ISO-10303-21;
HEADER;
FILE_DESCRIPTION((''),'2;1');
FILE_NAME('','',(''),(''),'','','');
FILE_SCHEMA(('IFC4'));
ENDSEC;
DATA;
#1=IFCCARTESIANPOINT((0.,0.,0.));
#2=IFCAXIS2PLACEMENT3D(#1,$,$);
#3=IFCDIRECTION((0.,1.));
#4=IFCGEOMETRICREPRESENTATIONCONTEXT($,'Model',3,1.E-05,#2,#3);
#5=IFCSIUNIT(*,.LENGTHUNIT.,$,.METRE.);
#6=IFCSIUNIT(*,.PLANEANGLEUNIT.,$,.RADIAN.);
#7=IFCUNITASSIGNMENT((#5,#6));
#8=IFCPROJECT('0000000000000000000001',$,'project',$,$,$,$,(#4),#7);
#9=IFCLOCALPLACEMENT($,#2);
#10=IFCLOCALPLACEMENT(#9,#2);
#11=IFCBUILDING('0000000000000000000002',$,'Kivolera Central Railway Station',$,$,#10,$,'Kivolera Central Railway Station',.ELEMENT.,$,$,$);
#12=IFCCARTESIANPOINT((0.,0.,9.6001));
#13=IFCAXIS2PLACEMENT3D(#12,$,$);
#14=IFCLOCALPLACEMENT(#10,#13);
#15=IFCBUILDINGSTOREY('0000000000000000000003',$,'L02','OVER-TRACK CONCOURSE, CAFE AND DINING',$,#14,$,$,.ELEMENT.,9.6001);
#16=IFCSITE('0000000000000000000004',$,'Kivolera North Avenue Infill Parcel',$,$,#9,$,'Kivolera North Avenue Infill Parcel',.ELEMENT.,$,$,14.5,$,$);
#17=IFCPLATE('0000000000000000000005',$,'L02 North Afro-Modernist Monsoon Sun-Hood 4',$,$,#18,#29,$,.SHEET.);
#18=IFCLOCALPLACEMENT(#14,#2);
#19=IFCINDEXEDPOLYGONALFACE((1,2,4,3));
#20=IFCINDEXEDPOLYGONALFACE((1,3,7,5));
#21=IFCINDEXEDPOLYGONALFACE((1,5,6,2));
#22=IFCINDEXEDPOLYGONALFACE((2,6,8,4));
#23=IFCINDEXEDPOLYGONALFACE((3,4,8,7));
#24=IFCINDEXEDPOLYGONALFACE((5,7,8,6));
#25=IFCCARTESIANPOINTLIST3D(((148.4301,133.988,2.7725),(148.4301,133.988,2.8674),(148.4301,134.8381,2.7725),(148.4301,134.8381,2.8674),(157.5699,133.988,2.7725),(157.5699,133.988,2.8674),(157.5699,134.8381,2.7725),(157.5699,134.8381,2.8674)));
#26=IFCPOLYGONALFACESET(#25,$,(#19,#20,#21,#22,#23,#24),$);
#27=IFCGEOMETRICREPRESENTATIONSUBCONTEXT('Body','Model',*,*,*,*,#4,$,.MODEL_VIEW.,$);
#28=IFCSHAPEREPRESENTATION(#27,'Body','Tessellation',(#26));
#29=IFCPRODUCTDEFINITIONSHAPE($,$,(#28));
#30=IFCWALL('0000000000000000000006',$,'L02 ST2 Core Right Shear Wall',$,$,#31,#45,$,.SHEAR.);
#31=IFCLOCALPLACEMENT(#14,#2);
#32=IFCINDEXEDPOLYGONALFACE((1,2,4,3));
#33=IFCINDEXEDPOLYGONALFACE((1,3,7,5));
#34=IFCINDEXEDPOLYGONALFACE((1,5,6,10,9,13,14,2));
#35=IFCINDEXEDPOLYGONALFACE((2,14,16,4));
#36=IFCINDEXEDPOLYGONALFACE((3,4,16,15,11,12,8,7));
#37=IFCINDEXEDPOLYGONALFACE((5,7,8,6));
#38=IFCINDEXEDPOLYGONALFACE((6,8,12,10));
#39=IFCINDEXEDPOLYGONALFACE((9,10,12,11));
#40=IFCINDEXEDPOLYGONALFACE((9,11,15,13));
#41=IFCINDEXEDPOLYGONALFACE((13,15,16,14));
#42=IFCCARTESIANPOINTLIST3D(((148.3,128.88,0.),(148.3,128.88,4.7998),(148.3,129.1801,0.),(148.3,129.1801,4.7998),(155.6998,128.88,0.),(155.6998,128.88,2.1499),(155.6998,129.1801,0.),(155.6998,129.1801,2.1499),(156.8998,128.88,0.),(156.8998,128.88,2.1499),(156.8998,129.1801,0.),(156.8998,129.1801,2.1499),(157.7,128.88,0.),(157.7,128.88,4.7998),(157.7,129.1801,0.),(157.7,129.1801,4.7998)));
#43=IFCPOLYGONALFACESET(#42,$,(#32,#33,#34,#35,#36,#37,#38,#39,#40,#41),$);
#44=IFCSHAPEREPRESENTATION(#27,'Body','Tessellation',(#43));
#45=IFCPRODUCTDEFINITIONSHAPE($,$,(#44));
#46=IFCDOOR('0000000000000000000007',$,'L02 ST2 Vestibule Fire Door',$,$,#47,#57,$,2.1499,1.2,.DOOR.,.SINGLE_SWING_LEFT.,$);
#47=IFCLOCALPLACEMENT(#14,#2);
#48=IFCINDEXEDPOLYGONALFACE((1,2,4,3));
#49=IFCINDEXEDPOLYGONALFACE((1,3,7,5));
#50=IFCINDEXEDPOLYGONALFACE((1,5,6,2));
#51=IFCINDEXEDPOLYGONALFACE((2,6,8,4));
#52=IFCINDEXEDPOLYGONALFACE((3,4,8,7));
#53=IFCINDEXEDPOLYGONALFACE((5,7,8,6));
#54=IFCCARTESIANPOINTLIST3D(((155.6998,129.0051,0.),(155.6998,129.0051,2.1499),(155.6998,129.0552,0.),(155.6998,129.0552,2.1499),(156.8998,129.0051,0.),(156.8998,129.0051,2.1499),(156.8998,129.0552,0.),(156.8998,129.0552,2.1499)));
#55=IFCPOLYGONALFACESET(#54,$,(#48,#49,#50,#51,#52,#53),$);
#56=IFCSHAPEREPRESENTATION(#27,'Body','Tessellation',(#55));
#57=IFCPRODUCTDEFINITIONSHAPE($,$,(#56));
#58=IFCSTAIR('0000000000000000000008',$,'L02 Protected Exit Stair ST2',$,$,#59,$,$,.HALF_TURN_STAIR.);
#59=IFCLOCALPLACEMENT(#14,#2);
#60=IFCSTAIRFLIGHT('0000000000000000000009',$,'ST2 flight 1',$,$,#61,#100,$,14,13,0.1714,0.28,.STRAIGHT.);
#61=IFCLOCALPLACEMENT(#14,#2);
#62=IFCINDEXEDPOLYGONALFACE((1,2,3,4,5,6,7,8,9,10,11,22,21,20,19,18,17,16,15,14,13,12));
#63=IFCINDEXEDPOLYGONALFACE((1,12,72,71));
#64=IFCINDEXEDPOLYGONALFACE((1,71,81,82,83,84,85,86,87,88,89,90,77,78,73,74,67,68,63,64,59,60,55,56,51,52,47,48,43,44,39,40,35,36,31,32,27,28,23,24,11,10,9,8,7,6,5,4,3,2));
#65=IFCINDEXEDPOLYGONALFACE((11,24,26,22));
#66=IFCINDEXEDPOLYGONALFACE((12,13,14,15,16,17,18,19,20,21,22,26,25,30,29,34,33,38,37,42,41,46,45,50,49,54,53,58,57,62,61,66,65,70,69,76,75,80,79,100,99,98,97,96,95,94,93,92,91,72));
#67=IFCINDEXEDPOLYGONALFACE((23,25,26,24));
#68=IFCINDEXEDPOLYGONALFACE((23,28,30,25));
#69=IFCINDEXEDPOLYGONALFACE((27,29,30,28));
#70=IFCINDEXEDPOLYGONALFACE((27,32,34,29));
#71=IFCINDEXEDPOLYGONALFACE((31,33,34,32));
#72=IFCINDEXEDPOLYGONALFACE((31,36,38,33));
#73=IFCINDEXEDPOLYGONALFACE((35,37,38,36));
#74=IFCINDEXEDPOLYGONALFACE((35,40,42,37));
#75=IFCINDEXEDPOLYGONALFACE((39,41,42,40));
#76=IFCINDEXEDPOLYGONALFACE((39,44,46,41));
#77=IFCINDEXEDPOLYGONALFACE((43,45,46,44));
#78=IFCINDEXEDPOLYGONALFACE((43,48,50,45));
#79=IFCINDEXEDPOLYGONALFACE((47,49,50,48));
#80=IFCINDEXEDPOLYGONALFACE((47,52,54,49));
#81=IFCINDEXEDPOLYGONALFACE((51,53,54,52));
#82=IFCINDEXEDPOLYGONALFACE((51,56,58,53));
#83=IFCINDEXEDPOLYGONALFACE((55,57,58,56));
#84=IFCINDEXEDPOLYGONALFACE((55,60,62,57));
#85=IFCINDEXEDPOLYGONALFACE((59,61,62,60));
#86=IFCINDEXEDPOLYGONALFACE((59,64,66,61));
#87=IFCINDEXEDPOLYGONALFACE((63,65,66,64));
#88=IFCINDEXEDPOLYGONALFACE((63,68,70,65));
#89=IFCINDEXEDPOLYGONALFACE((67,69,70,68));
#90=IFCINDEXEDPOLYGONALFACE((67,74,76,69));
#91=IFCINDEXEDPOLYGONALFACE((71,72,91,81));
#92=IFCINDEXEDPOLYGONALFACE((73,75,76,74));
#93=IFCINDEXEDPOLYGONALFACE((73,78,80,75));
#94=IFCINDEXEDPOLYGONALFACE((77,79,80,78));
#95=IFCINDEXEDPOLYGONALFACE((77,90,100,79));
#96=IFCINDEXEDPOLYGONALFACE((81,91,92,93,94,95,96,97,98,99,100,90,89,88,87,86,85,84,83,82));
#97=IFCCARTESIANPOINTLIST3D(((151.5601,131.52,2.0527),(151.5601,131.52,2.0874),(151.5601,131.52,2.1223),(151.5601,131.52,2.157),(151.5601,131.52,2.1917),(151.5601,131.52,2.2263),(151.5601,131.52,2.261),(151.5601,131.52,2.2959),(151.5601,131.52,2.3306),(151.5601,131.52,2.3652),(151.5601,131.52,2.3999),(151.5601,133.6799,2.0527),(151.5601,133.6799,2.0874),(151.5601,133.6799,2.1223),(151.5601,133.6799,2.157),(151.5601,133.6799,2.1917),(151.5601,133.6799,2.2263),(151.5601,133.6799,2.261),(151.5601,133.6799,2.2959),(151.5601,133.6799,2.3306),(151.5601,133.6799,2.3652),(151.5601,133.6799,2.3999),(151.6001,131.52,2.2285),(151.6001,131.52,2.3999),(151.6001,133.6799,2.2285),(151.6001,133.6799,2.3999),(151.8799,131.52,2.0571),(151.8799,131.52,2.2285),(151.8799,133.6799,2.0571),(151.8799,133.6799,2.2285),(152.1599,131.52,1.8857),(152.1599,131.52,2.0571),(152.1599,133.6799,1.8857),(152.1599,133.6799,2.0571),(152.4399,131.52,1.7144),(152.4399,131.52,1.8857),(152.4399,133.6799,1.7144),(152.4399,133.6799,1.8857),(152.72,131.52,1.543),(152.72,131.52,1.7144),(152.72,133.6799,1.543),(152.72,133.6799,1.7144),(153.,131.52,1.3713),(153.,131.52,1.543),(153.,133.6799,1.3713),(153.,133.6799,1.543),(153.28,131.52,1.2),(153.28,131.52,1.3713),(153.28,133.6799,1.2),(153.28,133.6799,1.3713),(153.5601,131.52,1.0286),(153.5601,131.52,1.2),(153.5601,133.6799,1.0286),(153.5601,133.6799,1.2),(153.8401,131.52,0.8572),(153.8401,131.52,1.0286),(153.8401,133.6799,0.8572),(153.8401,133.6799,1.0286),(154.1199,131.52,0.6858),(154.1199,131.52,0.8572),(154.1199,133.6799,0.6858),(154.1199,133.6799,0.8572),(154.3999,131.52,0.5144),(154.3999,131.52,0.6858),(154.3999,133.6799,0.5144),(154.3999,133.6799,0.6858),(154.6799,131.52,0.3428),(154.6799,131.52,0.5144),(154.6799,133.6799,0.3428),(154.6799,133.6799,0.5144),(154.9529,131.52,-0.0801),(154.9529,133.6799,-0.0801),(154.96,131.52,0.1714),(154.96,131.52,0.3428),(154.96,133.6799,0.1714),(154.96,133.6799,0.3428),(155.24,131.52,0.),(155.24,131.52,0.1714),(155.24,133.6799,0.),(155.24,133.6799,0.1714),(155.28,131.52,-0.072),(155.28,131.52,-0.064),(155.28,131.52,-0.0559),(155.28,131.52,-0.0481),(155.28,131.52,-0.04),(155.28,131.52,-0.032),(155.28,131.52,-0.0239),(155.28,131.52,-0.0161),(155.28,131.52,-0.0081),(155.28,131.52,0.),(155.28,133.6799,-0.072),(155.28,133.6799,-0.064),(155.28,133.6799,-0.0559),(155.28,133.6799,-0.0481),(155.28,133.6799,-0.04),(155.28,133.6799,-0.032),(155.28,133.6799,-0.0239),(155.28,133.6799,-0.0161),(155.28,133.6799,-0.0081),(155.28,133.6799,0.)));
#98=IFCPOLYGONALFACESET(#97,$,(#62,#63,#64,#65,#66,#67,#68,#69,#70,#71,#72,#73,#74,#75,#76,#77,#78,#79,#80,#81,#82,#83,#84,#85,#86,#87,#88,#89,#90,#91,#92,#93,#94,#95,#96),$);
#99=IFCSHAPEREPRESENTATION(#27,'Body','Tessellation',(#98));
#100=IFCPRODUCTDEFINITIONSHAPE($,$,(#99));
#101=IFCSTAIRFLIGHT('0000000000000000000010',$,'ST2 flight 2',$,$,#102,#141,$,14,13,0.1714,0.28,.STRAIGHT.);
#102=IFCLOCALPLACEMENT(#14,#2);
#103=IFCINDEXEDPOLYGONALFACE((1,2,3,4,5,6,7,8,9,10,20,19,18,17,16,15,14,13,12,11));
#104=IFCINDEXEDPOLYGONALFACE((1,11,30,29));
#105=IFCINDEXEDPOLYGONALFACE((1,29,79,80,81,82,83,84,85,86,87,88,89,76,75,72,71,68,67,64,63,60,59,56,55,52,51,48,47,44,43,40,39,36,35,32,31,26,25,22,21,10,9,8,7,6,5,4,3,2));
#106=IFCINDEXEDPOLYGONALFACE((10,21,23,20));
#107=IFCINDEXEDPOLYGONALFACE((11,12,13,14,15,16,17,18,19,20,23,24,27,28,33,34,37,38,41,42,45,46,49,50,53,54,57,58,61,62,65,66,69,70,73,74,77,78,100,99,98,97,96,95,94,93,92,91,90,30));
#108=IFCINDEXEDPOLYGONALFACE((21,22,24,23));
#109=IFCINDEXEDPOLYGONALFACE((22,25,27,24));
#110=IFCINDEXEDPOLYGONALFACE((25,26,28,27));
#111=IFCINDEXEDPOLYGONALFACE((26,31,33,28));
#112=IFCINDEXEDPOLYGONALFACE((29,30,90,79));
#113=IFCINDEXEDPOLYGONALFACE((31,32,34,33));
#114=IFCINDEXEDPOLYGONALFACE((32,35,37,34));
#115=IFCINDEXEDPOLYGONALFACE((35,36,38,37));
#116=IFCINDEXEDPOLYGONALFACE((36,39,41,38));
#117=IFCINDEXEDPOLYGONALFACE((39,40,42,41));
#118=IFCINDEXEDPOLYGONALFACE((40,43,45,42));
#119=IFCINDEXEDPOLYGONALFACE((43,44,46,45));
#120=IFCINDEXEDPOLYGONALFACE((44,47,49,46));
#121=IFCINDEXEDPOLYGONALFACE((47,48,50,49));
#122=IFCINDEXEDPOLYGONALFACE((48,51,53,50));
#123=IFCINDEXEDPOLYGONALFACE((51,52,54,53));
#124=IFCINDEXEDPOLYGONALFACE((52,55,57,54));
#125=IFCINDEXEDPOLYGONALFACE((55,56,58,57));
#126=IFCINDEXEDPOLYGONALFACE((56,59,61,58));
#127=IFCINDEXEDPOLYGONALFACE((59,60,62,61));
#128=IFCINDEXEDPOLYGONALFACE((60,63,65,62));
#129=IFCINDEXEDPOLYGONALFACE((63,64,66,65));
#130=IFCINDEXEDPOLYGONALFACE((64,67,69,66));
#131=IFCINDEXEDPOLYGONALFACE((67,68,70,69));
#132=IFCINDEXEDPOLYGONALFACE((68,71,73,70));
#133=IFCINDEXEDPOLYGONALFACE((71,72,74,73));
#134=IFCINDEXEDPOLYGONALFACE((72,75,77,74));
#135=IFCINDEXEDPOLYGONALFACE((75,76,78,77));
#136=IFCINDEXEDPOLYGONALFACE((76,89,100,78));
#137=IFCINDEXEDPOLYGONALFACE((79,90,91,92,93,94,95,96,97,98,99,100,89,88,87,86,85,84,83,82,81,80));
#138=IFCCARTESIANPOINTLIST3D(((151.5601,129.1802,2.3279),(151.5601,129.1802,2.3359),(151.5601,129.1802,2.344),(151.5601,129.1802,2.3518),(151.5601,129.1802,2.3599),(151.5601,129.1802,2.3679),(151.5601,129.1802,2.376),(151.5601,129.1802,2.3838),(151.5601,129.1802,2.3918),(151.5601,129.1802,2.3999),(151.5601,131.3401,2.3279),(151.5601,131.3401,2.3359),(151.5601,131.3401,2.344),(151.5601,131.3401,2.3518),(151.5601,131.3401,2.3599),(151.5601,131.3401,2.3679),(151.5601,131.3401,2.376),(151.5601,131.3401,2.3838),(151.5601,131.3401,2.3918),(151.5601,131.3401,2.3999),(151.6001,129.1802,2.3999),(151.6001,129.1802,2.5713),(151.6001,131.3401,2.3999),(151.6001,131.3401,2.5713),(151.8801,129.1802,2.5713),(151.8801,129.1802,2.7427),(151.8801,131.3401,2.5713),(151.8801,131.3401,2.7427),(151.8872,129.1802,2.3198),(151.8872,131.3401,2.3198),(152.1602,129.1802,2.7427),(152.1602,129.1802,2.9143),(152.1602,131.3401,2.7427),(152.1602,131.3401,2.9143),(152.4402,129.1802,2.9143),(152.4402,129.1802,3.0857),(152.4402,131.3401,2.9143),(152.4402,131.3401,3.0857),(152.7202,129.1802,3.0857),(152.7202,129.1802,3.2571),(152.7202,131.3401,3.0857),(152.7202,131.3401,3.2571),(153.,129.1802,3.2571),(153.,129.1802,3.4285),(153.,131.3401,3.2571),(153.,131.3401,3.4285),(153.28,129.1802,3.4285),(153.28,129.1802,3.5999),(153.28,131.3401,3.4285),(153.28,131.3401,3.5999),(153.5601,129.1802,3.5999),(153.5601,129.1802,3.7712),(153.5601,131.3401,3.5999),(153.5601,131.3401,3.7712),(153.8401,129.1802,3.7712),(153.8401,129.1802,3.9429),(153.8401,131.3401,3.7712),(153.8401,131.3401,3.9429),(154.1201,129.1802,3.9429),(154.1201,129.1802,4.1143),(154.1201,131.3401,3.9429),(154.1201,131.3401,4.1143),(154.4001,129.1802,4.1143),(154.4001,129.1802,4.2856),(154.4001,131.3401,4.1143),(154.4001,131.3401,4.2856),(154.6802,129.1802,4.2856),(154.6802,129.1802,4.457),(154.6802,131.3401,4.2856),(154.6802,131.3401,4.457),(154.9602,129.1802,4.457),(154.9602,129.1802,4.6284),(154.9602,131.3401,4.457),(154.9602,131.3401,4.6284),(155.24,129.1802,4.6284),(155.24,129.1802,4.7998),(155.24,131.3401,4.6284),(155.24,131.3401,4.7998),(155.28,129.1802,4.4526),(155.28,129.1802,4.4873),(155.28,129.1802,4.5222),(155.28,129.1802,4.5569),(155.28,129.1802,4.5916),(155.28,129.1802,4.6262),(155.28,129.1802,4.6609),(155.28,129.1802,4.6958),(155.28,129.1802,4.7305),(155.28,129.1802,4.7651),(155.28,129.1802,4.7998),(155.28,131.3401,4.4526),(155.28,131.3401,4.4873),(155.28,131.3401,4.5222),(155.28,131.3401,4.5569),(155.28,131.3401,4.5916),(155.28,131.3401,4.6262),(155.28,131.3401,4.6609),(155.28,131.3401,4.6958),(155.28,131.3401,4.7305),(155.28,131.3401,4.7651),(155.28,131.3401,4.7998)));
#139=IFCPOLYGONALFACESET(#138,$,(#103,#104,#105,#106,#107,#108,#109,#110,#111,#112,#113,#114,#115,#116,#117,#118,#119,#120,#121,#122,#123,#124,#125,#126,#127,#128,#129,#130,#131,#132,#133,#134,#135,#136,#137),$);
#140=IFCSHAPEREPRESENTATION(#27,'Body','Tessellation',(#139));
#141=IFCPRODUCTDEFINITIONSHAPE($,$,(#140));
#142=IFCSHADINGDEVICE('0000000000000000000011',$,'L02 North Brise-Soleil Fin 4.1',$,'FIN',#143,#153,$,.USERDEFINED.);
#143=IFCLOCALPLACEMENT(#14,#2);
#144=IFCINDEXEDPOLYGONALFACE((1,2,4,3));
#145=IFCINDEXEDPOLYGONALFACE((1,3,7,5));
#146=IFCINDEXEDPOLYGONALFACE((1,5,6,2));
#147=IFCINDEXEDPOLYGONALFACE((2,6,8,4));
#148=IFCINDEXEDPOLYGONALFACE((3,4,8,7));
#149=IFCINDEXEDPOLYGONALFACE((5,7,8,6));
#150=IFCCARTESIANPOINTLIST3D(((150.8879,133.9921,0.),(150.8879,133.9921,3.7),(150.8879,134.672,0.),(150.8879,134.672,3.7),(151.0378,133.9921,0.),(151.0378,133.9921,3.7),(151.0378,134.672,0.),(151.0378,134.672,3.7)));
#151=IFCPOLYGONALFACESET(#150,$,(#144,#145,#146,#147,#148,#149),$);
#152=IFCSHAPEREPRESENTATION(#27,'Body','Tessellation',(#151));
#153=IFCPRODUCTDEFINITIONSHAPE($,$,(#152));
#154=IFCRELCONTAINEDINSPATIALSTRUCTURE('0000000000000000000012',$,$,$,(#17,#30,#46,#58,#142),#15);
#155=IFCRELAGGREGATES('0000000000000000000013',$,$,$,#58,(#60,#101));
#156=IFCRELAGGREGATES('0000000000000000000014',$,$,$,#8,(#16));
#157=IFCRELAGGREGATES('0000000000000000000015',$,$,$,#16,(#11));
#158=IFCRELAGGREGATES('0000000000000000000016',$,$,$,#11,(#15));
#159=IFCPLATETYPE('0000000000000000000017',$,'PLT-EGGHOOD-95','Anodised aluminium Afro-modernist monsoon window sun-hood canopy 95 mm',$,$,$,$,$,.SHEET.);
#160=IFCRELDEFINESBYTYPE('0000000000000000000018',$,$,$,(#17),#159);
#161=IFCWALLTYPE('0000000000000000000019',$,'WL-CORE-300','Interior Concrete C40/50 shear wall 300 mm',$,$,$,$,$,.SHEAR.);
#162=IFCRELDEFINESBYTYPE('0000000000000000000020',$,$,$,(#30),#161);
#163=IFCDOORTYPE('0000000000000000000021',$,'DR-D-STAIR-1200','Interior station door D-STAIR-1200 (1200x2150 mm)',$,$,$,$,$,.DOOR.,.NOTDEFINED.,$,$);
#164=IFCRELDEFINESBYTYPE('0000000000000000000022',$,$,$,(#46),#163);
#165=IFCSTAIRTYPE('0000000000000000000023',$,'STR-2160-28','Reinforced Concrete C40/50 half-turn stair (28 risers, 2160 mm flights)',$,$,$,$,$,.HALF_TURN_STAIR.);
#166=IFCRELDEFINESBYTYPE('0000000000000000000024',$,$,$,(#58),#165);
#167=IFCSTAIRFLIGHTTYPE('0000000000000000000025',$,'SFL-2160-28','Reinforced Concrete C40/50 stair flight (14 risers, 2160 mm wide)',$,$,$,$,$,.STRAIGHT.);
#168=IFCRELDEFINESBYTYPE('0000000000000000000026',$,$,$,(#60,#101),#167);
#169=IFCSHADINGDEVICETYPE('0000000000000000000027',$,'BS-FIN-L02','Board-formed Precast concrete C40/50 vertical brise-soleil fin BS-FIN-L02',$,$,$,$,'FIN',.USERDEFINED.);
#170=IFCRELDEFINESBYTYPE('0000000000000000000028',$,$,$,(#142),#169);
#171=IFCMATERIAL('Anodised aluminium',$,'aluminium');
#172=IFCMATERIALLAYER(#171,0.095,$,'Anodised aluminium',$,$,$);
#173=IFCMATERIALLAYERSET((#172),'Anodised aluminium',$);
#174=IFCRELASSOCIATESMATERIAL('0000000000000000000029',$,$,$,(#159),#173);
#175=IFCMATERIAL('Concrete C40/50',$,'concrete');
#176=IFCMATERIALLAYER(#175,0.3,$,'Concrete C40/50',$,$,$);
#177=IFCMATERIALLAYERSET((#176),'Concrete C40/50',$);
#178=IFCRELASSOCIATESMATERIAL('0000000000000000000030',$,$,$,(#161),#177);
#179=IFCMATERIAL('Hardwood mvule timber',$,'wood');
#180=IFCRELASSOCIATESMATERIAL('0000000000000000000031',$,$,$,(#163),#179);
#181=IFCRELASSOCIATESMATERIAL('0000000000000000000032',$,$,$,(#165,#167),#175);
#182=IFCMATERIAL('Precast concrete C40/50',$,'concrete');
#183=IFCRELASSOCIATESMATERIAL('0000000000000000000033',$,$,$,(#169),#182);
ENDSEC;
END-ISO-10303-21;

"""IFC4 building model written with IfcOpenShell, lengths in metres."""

from ifc_helpers import new_model, si_unit, direction, frame, frame_2d, origin, origin_2d, place, context, subcontext, project, spatial, polyline, rectangle, outline, extrude, material, layer, layer_set, type_object, element, fill, aggregate, save


model = new_model("IFC4")

# Units and contexts
model_context = context("Model", 3, precision=1e-05, world=origin(), true_north=direction((0.0, 1.0)))
body_context = subcontext(model_context, "Body", "Model", "MODEL_VIEW")
ifc_project = project(units=[si_unit("LENGTHUNIT", "METRE"), si_unit("PLANEANGLEUNIT", "RADIAN")], contexts=[model_context])

# Site, building, storey
site_placement = place(None, origin())
site = spatial("IfcSite", under=ifc_project, at=site_placement, Name="Kivolera North Avenue Infill Parcel", LongName="Kivolera North Avenue Infill Parcel", CompositionType="ELEMENT", RefElevation=14.5)
building_placement = place(site_placement, origin())
building = spatial("IfcBuilding", under=site, at=building_placement, Name="Kivolera Central Railway Station", LongName="Kivolera Central Railway Station", CompositionType="ELEMENT")
storey_placement = place(building_placement, frame((0.0, 0.0, 9.6001)))
storey = spatial("IfcBuildingStorey", under=building, at=storey_placement, Name="L02", Description="OVER-TRACK CONCOURSE, CAFE AND DINING", CompositionType="ELEMENT", Elevation=9.6001)

# Plate
ifc_material_1 = material(Name="Anodised aluminium", Category="aluminium")
ifc_layer_1 = layer(ifc_material_1, 0.095, Name="Anodised aluminium")
ifc_layer_set_1 = layer_set([ifc_layer_1], Name="Anodised aluminium")
plate_type = type_object("IfcPlateType", Name="PLT-EGGHOOD-95", Description="Anodised aluminium Afro-modernist monsoon window sun-hood canopy 95 mm", PredefinedType="SHEET", material=ifc_layer_set_1)
plate_placement = place(storey_placement, frame((153.0, 134.4131, 2.7725), z_axis=(0.0, 0.0, 1.0), x_axis=(1.0, 0.0, 0.0)))
element("IfcPlate", 1, at=plate_placement, inside=storey, type_object=plate_type, Name="L02 North Afro-Modernist Monsoon Sun-Hood 4", PredefinedType="SHEET", context=body_context, shape_type="SweptSolid", body=[
    extrude(rectangle(XDim=9.1399, YDim=0.8501, at=origin_2d()), origin(), (0.0, 0.0, 1.0), 0.095),
])

# Wall, opening, door
ifc_material_2 = material(Name="Concrete C40/50", Category="concrete")
ifc_layer_2 = layer(ifc_material_2, 0.3, Name="Concrete C40/50")
ifc_layer_set_2 = layer_set([ifc_layer_2], Name="Concrete C40/50")
wall_type = type_object("IfcWallType", Name="WL-CORE-300", Description="Interior Concrete C40/50 shear wall 300 mm", PredefinedType="SHEAR", material=ifc_layer_set_2)
wall_1_placement = place(storey_placement, frame((157.7, 129.03, 0.0), z_axis=(0.0, 0.0, 1.0), x_axis=(-1.0, 0.0, 0.0)))
wall_1 = element("IfcWall", 2, at=wall_1_placement, inside=storey, type_object=wall_type, Name="L02 ST2 Core Right Shear Wall", PredefinedType="SHEAR", context=body_context, shape_type="SweptSolid", body=[
    extrude(rectangle(XDim=9.3999, YDim=0.3, at=frame_2d((4.7, 0.0))), origin(), (0.0, 0.0, 1.0), 4.7998),
])
opening_1_placement = place(wall_1_placement, frame((0.8, 0.0, 0.0)))
opening_1 = element("IfcOpeningElement", 3, at=opening_1_placement, cuts=wall_1, PredefinedType="OPENING", context=body_context, shape_type="SweptSolid", body=[
    extrude(rectangle(XDim=1.2, YDim=2.1499, at=frame_2d((0.6001, 1.075))), frame((0.0, 0.1599, 0.0), z_axis=(0.0, -1.0, 0.0), x_axis=(1.0, 0.0, 0.0)), (0.0, 0.0, 1.0), 0.3201),
])
ifc_material_3 = material(Name="Hardwood mvule timber", Category="wood")
door_type_1 = type_object("IfcDoorType", Name="DR-D-STAIR-1200", Description="Interior station door D-STAIR-1200 (1200x2150 mm)", OperationType="NOTDEFINED", PredefinedType="DOOR", material=ifc_material_3)
door_1_placement = place(opening_1_placement, origin())
door_1 = element("IfcDoor", 4, at=door_1_placement, inside=storey, type_object=door_type_1, Name="L02 ST2 Vestibule Fire Door", OperationType="SINGLE_SWING_LEFT", OverallHeight=2.1499, OverallWidth=1.2, PredefinedType="DOOR", context=body_context, shape_type="SweptSolid", body=[
    extrude(rectangle(XDim=1.2, YDim=2.1499, at=frame_2d((0.6001, 1.075))), frame((0.0, 0.0249, 0.0), z_axis=(0.0, -1.0, 0.0), x_axis=(1.0, 0.0, 0.0)), (0.0, 0.0, 1.0), 0.05),
])
fill(opening_1, door_1)

# Stair, stair flights
stair_type = type_object("IfcStairType", Name="STR-2160-28", Description="Reinforced Concrete C40/50 half-turn stair (28 risers, 2160 mm flights)", PredefinedType="HALF_TURN_STAIR", material=ifc_material_2)
stair_placement = place(storey_placement, origin())
stair = element("IfcStair", 5, at=stair_placement, inside=storey, type_object=stair_type, Name="L02 Protected Exit Stair ST2", PredefinedType="HALF_TURN_STAIR")
stair_flight_type = type_object("IfcStairFlightType", Name="SFL-2160-28", Description="Reinforced Concrete C40/50 stair flight (14 risers, 2160 mm wide)", PredefinedType="STRAIGHT", material=ifc_material_2)
stair_flight_1_placement = place(storey_placement, frame((155.24, 132.6001, 0.0), z_axis=(0.0, 0.0, 1.0), x_axis=(-1.0, 0.0, 0.0)))
stair_flight_1 = element("IfcStairFlight", 6, at=stair_flight_1_placement, type_object=stair_flight_type, Name="ST2 flight 1", NumberOfRisers=14, NumberOfTreads=13, PredefinedType="STRAIGHT", RiserHeight=0.1714, TreadLength=0.28, context=body_context, shape_type="SweptSolid", body=[
    extrude(outline(polyline([(-0.04, 0.0), (0.0, 0.0), (0.0, 0.1714), (0.28, 0.1714), (0.28, 0.3428), (0.5601, 0.3428), (0.5601, 0.5144), (0.8401, 0.5144), (0.8401, 0.6858), (1.1201, 0.6858), (1.1201, 0.8572), (1.3999, 0.8572), (1.3999, 1.0286), (1.6799, 1.0286), (1.6799, 1.2), (1.96, 1.2), (1.96, 1.3713), (2.24, 1.3713), (2.24, 1.543), (2.52, 1.543), (2.52, 1.7144), (2.8, 1.7144), (2.8, 1.8857), (3.0801, 1.8857), (3.0801, 2.0571), (3.3601, 2.0571), (3.3601, 2.2285), (3.6399, 2.2285), (3.6399, 2.3999), (3.6799, 2.3999), (3.6799, 2.3652), (3.6799, 2.3306), (3.6799, 2.2959), (3.6799, 2.261), (3.6799, 2.2263), (3.6799, 2.1917), (3.6799, 2.157), (3.6799, 2.1223), (3.6799, 2.0874), (3.6799, 2.0527), (0.2871, -0.0801), (-0.04, -0.072), (-0.04, -0.064), (-0.04, -0.0559), (-0.04, -0.0481), (-0.04, -0.04), (-0.04, -0.032), (-0.04, -0.0239), (-0.04, -0.0161), (-0.04, -0.0081), (-0.04, 0.0)])), frame((0.0, 1.0801, 0.0), z_axis=(0.0, -1.0, 0.0), x_axis=(1.0, 0.0, 0.0)), (0.0, 0.0, 1.0), 2.1599),
])
stair_flight_2_placement = place(storey_placement, frame((151.6001, 130.26, 2.3999), z_axis=(0.0, 0.0, 1.0), x_axis=(1.0, 0.0, 0.0)))
stair_flight_2 = element("IfcStairFlight", 7, at=stair_flight_2_placement, type_object=stair_flight_type, Name="ST2 flight 2", NumberOfRisers=14, NumberOfTreads=13, PredefinedType="STRAIGHT", RiserHeight=0.1714, TreadLength=0.28, context=body_context, shape_type="SweptSolid", body=[
    extrude(outline(polyline([(-0.04, 0.0), (0.0, 0.0), (0.0, 0.1714), (0.28, 0.1714), (0.28, 0.3428), (0.5601, 0.3428), (0.5601, 0.5144), (0.8401, 0.5144), (0.8401, 0.6858), (1.1201, 0.6858), (1.1201, 0.8572), (1.3999, 0.8572), (1.3999, 1.0286), (1.6799, 1.0286), (1.6799, 1.2), (1.96, 1.2), (1.96, 1.3713), (2.24, 1.3713), (2.24, 1.543), (2.52, 1.543), (2.52, 1.7144), (2.8, 1.7144), (2.8, 1.8857), (3.0801, 1.8857), (3.0801, 2.0571), (3.3601, 2.0571), (3.3601, 2.2285), (3.6399, 2.2285), (3.6399, 2.3999), (3.6799, 2.3999), (3.6799, 2.3652), (3.6799, 2.3306), (3.6799, 2.2959), (3.6799, 2.261), (3.6799, 2.2263), (3.6799, 2.1917), (3.6799, 2.157), (3.6799, 2.1223), (3.6799, 2.0874), (3.6799, 2.0527), (0.2871, -0.0801), (-0.04, -0.072), (-0.04, -0.064), (-0.04, -0.0559), (-0.04, -0.0481), (-0.04, -0.04), (-0.04, -0.032), (-0.04, -0.0239), (-0.04, -0.0161), (-0.04, -0.0081), (-0.04, 0.0)])), frame((0.0, 1.0801, 0.0), z_axis=(0.0, -1.0, 0.0), x_axis=(1.0, 0.0, 0.0)), (0.0, 0.0, 1.0), 2.1599),
])
aggregate(stair, [stair_flight_1, stair_flight_2])

# Shading device
ifc_material_4 = material(Name="Precast concrete C40/50", Category="concrete")
shading_device_type = type_object("IfcShadingDeviceType", Name="BS-FIN-L02", Description="Board-formed Precast concrete C40/50 vertical brise-soleil fin BS-FIN-L02", ElementType="FIN", PredefinedType="USERDEFINED", material=ifc_material_4)
for number, where, z_axis, x_axis, name in (
    (8, (150.9629, 134.332, 0.0), (0.0, 0.0, 1.0), (1.0, 0.0, 0.0), "L02 North Brise-Soleil Fin 4.1"),
):
    element("IfcShadingDevice", number, at=place(storey_placement, frame(where, z_axis=z_axis, x_axis=x_axis)), inside=storey, type_object=shading_device_type, Name=name, ObjectType="FIN", PredefinedType="USERDEFINED", context=body_context, shape_type="SweptSolid", body=[
        extrude(rectangle(XDim=0.1499, YDim=0.6799, at=origin_2d()), origin(), (0.0, 0.0, 1.0), 3.7),
    ])

save(model, "model.ifc")
